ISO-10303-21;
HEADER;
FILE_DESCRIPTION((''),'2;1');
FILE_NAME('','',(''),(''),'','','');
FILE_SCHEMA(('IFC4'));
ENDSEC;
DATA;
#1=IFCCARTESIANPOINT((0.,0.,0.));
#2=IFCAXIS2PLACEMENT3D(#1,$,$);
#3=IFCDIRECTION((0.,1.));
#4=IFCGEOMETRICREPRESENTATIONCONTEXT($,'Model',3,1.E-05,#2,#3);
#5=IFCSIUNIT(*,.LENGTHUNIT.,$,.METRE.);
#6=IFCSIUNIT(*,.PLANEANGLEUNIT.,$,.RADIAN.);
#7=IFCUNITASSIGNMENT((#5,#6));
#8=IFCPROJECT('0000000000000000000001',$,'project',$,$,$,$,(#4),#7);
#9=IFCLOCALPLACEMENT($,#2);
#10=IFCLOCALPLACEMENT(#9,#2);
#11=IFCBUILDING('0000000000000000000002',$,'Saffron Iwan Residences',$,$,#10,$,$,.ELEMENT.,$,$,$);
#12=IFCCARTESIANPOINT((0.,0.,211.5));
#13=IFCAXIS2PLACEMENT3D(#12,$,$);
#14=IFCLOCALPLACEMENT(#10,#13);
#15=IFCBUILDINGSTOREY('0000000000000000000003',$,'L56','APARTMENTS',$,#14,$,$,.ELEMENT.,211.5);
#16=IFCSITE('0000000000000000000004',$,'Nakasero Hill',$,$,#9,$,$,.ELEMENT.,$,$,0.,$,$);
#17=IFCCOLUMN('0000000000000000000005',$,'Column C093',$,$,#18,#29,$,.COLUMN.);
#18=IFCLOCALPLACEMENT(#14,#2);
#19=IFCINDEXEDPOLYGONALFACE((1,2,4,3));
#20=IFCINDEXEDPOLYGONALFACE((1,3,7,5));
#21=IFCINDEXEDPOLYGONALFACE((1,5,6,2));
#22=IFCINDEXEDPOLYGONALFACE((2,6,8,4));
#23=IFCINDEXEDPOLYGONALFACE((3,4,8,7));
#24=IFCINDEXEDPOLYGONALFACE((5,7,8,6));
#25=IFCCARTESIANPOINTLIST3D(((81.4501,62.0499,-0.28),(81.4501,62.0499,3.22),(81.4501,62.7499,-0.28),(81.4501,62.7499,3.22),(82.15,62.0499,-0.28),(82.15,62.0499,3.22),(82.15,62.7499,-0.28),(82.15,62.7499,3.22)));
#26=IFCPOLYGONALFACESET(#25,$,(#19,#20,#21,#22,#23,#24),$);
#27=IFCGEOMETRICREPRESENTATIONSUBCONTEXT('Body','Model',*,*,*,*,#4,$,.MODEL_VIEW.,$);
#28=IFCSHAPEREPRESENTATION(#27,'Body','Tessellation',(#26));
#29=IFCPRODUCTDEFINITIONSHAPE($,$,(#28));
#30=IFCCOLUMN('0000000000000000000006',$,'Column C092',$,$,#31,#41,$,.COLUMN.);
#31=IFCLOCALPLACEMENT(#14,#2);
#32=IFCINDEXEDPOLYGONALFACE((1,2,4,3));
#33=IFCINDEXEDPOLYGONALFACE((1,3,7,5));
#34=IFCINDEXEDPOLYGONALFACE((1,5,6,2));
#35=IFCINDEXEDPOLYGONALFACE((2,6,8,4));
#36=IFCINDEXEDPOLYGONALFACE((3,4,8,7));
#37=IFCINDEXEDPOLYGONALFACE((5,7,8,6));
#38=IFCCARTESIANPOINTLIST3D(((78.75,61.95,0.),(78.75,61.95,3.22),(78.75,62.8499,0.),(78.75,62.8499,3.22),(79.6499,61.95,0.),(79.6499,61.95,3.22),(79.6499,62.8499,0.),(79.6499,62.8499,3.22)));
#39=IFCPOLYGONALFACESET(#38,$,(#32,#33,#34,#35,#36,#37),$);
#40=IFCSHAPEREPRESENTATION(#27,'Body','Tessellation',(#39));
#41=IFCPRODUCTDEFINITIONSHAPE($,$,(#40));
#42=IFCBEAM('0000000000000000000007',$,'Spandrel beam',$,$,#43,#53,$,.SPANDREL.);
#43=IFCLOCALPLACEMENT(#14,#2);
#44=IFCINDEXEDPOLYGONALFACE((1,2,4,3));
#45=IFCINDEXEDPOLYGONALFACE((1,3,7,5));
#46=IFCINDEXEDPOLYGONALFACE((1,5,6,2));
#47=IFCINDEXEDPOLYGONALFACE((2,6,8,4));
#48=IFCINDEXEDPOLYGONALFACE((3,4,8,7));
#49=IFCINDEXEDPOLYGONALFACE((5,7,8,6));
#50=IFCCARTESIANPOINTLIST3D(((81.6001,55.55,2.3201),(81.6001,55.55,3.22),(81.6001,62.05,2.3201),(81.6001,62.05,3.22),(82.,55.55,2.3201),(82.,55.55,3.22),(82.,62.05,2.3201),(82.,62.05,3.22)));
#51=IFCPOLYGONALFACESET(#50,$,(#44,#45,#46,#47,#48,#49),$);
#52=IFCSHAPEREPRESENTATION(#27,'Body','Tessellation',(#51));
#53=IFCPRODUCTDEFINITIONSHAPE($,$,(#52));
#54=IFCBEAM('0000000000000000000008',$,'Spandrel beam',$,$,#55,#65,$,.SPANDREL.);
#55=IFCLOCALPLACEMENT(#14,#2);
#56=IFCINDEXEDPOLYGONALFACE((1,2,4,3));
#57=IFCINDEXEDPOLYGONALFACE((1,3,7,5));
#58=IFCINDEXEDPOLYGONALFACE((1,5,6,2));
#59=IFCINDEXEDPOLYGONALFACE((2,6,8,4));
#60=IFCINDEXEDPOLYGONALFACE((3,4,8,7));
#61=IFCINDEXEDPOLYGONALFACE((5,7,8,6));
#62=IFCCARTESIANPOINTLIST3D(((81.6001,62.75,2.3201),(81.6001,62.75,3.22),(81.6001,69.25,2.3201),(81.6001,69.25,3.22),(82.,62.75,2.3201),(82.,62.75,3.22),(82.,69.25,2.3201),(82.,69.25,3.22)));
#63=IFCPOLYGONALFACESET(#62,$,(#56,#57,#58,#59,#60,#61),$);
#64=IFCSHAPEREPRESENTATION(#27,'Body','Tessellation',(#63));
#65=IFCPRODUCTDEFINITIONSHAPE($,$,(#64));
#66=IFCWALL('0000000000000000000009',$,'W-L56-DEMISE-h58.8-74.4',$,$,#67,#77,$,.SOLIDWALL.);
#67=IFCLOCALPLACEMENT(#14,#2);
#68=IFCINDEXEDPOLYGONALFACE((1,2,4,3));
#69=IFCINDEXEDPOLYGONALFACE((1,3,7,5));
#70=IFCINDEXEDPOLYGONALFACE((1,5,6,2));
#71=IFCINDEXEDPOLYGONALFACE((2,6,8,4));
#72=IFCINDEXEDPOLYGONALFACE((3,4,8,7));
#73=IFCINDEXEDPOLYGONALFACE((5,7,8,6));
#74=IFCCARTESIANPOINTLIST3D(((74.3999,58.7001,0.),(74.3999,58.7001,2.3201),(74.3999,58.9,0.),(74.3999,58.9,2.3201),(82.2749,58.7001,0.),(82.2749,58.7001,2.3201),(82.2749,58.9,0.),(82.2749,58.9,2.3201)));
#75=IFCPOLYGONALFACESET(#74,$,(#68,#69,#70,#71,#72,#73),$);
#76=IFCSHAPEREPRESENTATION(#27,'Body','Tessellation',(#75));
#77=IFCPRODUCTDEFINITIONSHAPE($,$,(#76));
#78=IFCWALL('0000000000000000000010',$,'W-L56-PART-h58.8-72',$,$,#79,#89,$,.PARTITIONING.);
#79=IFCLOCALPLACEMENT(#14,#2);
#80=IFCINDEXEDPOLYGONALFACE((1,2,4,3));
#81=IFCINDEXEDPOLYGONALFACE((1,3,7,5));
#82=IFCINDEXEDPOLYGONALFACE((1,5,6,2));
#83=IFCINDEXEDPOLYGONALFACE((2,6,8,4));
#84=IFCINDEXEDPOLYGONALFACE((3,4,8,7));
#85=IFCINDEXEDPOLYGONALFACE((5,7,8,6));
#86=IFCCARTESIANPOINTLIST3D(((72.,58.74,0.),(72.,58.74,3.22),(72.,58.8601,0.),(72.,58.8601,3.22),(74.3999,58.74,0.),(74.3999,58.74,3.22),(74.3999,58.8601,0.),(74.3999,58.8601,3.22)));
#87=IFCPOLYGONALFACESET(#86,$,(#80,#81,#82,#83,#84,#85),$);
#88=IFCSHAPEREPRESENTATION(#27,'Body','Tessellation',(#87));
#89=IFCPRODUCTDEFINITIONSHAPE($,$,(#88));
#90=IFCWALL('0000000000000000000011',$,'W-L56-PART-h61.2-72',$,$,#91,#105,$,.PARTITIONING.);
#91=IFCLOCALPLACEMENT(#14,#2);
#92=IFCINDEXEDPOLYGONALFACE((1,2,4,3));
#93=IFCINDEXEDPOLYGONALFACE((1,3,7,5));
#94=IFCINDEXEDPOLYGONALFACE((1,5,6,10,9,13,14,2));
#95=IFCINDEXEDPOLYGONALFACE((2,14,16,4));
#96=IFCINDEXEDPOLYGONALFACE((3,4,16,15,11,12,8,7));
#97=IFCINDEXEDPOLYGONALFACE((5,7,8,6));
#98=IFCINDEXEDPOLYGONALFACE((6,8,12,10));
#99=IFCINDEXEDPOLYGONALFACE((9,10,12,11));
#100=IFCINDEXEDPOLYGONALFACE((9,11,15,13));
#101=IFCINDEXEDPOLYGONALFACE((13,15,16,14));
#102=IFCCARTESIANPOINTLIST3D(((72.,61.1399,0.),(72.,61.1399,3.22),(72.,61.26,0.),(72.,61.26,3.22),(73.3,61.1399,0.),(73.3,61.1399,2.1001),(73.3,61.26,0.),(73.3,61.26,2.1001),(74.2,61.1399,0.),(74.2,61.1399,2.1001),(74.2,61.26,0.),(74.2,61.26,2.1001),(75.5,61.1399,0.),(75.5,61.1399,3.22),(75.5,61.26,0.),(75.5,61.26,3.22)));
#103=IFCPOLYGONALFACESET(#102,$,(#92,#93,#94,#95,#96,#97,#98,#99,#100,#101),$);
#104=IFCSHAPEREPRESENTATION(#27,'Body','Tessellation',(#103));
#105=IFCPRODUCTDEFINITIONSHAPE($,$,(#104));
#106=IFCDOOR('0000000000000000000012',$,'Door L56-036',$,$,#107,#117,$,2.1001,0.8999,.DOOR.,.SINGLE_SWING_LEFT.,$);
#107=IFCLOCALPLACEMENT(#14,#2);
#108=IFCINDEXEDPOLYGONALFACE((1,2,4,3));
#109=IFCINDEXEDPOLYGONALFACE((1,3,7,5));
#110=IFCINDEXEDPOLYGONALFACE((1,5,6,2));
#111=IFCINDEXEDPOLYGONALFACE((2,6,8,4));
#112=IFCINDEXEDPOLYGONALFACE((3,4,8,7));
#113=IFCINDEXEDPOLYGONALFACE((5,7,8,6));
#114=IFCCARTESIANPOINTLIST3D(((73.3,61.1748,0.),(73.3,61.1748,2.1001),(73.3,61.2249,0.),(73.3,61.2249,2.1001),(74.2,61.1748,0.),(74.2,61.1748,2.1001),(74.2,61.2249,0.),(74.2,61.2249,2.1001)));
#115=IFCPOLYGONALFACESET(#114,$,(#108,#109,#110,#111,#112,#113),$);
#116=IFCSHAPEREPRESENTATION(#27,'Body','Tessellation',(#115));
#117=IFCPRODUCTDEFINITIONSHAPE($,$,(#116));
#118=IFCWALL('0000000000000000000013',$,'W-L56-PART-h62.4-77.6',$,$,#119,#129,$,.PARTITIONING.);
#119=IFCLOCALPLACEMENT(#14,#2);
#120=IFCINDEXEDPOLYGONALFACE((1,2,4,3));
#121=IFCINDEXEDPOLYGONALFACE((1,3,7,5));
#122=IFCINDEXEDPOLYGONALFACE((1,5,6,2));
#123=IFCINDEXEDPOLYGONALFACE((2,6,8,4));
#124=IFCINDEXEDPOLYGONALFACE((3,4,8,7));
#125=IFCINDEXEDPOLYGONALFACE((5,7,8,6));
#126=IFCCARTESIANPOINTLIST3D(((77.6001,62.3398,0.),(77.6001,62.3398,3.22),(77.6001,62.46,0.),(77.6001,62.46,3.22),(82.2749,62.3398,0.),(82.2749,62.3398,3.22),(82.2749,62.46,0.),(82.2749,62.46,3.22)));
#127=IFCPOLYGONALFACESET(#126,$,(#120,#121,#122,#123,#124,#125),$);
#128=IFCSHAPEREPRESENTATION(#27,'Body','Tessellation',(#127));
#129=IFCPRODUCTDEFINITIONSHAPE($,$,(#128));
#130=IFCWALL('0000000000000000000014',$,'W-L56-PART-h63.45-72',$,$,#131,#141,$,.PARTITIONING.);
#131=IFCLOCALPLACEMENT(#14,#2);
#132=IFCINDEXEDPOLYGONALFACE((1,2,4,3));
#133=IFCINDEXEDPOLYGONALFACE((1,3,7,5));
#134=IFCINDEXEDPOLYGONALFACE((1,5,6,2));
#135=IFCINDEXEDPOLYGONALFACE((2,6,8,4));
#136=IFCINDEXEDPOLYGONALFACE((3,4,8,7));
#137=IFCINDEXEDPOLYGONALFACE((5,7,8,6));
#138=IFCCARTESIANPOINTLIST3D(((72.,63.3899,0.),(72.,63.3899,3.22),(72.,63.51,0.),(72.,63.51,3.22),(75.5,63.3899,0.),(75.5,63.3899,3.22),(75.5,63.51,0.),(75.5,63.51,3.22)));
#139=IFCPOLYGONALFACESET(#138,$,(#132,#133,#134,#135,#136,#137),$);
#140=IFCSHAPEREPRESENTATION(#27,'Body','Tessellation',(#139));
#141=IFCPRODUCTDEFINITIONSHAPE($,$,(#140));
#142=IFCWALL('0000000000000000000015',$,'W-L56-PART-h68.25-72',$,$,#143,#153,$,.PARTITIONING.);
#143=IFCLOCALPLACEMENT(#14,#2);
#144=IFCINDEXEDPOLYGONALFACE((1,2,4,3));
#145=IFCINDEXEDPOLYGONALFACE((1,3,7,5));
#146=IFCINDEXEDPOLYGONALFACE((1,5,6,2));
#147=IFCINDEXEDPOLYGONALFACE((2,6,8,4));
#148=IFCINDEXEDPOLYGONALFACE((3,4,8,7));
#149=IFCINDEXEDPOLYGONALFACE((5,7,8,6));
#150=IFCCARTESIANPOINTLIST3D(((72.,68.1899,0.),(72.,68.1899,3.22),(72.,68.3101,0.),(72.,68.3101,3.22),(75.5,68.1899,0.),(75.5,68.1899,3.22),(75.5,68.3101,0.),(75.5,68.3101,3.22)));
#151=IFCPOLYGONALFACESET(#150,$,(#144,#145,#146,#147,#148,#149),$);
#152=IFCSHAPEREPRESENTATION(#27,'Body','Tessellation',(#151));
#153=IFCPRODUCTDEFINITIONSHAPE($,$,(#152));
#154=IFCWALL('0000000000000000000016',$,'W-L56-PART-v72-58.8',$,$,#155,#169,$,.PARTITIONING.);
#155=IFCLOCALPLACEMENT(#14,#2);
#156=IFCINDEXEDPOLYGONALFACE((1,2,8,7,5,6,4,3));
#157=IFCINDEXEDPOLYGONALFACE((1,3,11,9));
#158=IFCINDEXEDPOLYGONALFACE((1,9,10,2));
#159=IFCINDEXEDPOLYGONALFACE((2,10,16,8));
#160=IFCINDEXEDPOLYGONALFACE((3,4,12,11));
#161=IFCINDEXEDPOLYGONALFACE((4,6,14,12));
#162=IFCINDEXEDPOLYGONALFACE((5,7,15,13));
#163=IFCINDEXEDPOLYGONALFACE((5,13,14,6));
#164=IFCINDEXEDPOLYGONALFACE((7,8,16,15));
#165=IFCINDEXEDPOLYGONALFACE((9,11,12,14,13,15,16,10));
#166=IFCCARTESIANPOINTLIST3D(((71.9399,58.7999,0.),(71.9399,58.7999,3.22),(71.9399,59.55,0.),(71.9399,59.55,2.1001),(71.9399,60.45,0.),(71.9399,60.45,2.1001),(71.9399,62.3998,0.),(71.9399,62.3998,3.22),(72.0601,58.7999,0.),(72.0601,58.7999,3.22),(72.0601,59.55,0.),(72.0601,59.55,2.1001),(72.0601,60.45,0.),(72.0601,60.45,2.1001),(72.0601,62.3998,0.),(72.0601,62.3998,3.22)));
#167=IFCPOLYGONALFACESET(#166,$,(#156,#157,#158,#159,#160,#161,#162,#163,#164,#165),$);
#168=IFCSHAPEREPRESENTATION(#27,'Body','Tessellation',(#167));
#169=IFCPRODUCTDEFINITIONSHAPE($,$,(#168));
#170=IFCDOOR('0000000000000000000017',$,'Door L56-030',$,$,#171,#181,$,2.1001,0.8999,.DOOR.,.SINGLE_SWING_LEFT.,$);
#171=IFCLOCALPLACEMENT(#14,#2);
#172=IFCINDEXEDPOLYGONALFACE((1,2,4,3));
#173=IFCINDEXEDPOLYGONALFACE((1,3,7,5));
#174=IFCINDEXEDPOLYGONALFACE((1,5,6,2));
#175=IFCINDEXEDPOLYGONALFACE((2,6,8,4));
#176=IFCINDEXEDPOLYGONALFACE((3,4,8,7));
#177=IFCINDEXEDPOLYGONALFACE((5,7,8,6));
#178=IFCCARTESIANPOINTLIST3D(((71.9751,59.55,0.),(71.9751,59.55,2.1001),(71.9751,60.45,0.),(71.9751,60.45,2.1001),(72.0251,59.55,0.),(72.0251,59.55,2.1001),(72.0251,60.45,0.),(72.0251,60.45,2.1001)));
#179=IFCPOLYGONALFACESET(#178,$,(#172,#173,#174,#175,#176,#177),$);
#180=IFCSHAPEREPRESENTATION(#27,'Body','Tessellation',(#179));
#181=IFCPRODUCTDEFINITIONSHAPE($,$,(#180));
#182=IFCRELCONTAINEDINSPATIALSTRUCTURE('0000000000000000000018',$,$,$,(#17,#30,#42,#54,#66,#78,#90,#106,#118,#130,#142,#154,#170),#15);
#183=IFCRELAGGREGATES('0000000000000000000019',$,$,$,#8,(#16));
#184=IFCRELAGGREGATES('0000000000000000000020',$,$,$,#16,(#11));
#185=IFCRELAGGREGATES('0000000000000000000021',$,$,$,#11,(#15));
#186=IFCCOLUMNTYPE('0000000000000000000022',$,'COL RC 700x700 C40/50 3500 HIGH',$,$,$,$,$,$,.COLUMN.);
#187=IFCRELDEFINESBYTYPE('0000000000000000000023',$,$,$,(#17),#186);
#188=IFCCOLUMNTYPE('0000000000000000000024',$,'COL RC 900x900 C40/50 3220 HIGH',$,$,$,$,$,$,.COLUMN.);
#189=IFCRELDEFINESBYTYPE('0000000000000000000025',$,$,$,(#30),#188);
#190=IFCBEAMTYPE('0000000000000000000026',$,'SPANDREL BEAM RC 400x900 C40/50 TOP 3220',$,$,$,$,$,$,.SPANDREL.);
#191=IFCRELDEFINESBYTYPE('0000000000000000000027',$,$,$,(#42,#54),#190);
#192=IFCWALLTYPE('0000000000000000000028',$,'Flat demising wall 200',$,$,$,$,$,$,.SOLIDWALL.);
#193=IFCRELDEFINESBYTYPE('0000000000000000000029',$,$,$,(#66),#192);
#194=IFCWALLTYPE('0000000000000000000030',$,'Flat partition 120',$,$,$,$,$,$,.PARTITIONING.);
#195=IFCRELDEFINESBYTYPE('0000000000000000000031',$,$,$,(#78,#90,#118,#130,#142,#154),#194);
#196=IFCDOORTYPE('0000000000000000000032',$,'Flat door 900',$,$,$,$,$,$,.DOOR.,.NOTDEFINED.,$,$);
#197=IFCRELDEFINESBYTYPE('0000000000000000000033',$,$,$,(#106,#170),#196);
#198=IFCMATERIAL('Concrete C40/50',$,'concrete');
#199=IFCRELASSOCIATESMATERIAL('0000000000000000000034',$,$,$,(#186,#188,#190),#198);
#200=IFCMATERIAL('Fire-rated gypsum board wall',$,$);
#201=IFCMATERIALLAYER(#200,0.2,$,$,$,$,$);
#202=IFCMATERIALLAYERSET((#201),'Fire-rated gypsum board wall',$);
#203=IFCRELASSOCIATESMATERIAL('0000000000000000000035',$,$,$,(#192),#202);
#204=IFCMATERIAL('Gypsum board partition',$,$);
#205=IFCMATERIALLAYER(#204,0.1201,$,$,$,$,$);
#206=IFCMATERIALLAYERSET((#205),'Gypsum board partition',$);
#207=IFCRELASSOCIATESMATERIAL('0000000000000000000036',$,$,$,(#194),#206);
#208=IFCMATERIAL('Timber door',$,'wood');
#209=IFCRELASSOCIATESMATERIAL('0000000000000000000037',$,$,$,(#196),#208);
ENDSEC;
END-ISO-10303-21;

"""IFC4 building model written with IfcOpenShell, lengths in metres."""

from ifc_helpers import new_model, si_unit, direction, frame, frame_2d, origin, origin_2d, place, context, subcontext, project, spatial, rectangle, extrude, source, transform, mapped, material, layer, layer_set, material_profile, profile_set, type_object, element, fill, save


model = new_model("IFC4")

# Units and contexts
model_context = context("Model", 3, precision=1e-05, world=origin(), true_north=direction((0.0, 1.0)))
body_context = subcontext(model_context, "Body", "Model", "MODEL_VIEW")
ifc_project = project(units=[si_unit("LENGTHUNIT", "METRE"), si_unit("PLANEANGLEUNIT", "RADIAN")], contexts=[model_context])

# Site, building, storey
site_placement = place(None, origin())
site = spatial("IfcSite", under=ifc_project, at=site_placement, Name="Nakasero Hill", CompositionType="ELEMENT", RefElevation=0.0)
building_placement = place(site_placement, origin())
building = spatial("IfcBuilding", under=site, at=building_placement, Name="Saffron Iwan Residences", CompositionType="ELEMENT")
storey_placement = place(building_placement, frame((0.0, 0.0, 211.5)))
storey = spatial("IfcBuildingStorey", under=building, at=storey_placement, Name="L56", Description="APARTMENTS", CompositionType="ELEMENT", Elevation=211.5)

# Columns
ifc_material_1 = material(Name="Concrete C40/50", Category="concrete")
ifc_material_profile_1 = material_profile(ifc_material_1, rectangle(XDim=0.7, YDim=0.7, at=origin_2d()), Name="RC 700x700")
ifc_profile_set_1 = profile_set([ifc_material_profile_1], Name="Concrete C40/50")
column_type_1 = type_object("IfcColumnType", Name="COL RC 700x700 C40/50 3500 HIGH", PredefinedType="COLUMN", material=ifc_profile_set_1)
shared_shape_1 = source(origin(), body_context, "Body", "SweptSolid", [
    extrude(rectangle(XDim=0.7, YDim=0.7, at=origin_2d()), origin(), (0.0, 0.0, 1.0), 3.5),
])
column_1_placement = place(storey_placement, frame((81.8, 62.3999, -0.28), z_axis=(0.0, 0.0, 1.0), x_axis=(1.0, 0.0, 0.0)))
element("IfcColumn", 1, at=column_1_placement, inside=storey, type_object=column_type_1, Name="Column C093", PredefinedType="COLUMN", context=body_context, shape_type="MappedRepresentation", body=[
    mapped(shared_shape_1, transform((0.0, 0.0, 0.0))),
])
ifc_material_profile_2 = material_profile(ifc_material_1, rectangle(XDim=0.8999, YDim=0.8999, at=origin_2d()), Name="RC 900x900")
ifc_profile_set_2 = profile_set([ifc_material_profile_2], Name="Concrete C40/50")
column_type_2 = type_object("IfcColumnType", Name="COL RC 900x900 C40/50 3220 HIGH", PredefinedType="COLUMN", material=ifc_profile_set_2)
shared_shape_2 = source(origin(), body_context, "Body", "SweptSolid", [
    extrude(rectangle(XDim=0.8999, YDim=0.8999, at=origin_2d()), origin(), (0.0, 0.0, 1.0), 3.22),
])
column_2_placement = place(storey_placement, frame((79.2, 62.3999, 0.0), z_axis=(0.0, 0.0, 1.0), x_axis=(1.0, 0.0, 0.0)))
element("IfcColumn", 2, at=column_2_placement, inside=storey, type_object=column_type_2, Name="Column C092", PredefinedType="COLUMN", context=body_context, shape_type="MappedRepresentation", body=[
    mapped(shared_shape_2, transform((0.0, 0.0, 0.0))),
])

# Beams
ifc_material_profile_3 = material_profile(ifc_material_1, rectangle(XDim=0.3999, YDim=0.8999, at=origin_2d()), Name="RC 400x900")
ifc_profile_set_3 = profile_set([ifc_material_profile_3], Name="Concrete C40/50")
beam_type = type_object("IfcBeamType", Name="SPANDREL BEAM RC 400x900 C40/50 TOP 3220", PredefinedType="SPANDREL", material=ifc_profile_set_3)
shared_shape_3 = source(origin(), body_context, "Body", "SweptSolid", [
    extrude(rectangle(XDim=0.3999, YDim=0.8999, at=origin_2d()), origin(), (0.0, 0.0, 1.0), 6.5),
])
for number, where, z_axis, x_axis, name in (
    (3, (81.8, 62.05, 2.77), (0.0, -1.0, 0.0), (1.0, 0.0, 0.0), "Spandrel beam"),
    (4, (81.8, 69.25, 2.77), (0.0, -1.0, 0.0), (1.0, 0.0, 0.0), "Spandrel beam"),
):
    element("IfcBeam", number, at=place(storey_placement, frame(where, z_axis=z_axis, x_axis=x_axis)), inside=storey, type_object=beam_type, Name=name, PredefinedType="SPANDREL", context=body_context, shape_type="MappedRepresentation", body=[
        mapped(shared_shape_3, transform((0.0, 0.0, 0.0))),
    ])

# Walls
ifc_material_2 = material(Name="Fire-rated gypsum board wall")
ifc_layer_1 = layer(ifc_material_2, 0.2)
ifc_layer_set_1 = layer_set([ifc_layer_1], Name="Fire-rated gypsum board wall")
wall_type_1 = type_object("IfcWallType", Name="Flat demising wall 200", PredefinedType="SOLIDWALL", material=ifc_layer_set_1)
wall_1_placement = place(storey_placement, frame((74.3999, 58.8, 0.0), z_axis=(0.0, 0.0, 1.0), x_axis=(1.0, 0.0, 0.0)))
element("IfcWall", 5, at=wall_1_placement, inside=storey, type_object=wall_type_1, Name="W-L56-DEMISE-h58.8-74.4", PredefinedType="SOLIDWALL", context=body_context, shape_type="SweptSolid", body=[
    extrude(rectangle(XDim=7.875, YDim=0.2, at=frame_2d((3.9375, 0.0))), origin(), (0.0, 0.0, 1.0), 2.3201),
])
ifc_material_3 = material(Name="Gypsum board partition")
ifc_layer_2 = layer(ifc_material_3, 0.1201)
ifc_layer_set_2 = layer_set([ifc_layer_2], Name="Gypsum board partition")
wall_type_2 = type_object("IfcWallType", Name="Flat partition 120", PredefinedType="PARTITIONING", material=ifc_layer_set_2)
wall_2_placement = place(storey_placement, frame((72.0, 58.8, 0.0), z_axis=(0.0, 0.0, 1.0), x_axis=(1.0, 0.0, 0.0)))
element("IfcWall", 6, at=wall_2_placement, inside=storey, type_object=wall_type_2, Name="W-L56-PART-h58.8-72", PredefinedType="PARTITIONING", context=body_context, shape_type="SweptSolid", body=[
    extrude(rectangle(XDim=2.3999, YDim=0.1201, at=frame_2d((1.2, 0.0))), origin(), (0.0, 0.0, 1.0), 3.22),
])

# Wall, opening, door
wall_3_placement = place(storey_placement, frame((72.0, 61.2, 0.0), z_axis=(0.0, 0.0, 1.0), x_axis=(1.0, 0.0, 0.0)))
wall_3 = element("IfcWall", 7, at=wall_3_placement, inside=storey, type_object=wall_type_2, Name="W-L56-PART-h61.2-72", PredefinedType="PARTITIONING", context=body_context, shape_type="SweptSolid", body=[
    extrude(rectangle(XDim=3.5, YDim=0.1201, at=frame_2d((1.75, 0.0))), origin(), (0.0, 0.0, 1.0), 3.22),
])
opening_1_placement = place(wall_3_placement, frame((1.3, 0.0, 0.0)))
opening_1 = element("IfcOpeningElement", 8, at=opening_1_placement, cuts=wall_3, PredefinedType="OPENING", context=body_context, shape_type="SweptSolid", body=[
    extrude(rectangle(XDim=0.8999, YDim=2.1001, at=frame_2d((0.45, 1.05))), frame((0.0, 0.0701, 0.0), z_axis=(0.0, -1.0, 0.0), x_axis=(1.0, 0.0, 0.0)), (0.0, 0.0, 1.0), 0.1401),
])
ifc_material_4 = material(Name="Timber door", Category="wood")
door_type_1 = type_object("IfcDoorType", Name="Flat door 900", OperationType="NOTDEFINED", PredefinedType="DOOR", material=ifc_material_4)
door_1_placement = place(opening_1_placement, origin())
door_1 = element("IfcDoor", 9, at=door_1_placement, inside=storey, type_object=door_type_1, Name="Door L56-036", OperationType="SINGLE_SWING_LEFT", OverallHeight=2.1001, OverallWidth=0.8999, PredefinedType="DOOR", context=body_context, shape_type="SweptSolid", body=[
    extrude(rectangle(XDim=0.8999, YDim=2.1001, at=frame_2d((0.45, 1.05))), frame((0.0, 0.0249, 0.0), z_axis=(0.0, -1.0, 0.0), x_axis=(1.0, 0.0, 0.0)), (0.0, 0.0, 1.0), 0.05),
])
fill(opening_1, door_1)

# Walls
wall_4_placement = place(storey_placement, frame((77.6001, 62.3999, 0.0), z_axis=(0.0, 0.0, 1.0), x_axis=(1.0, 0.0, 0.0)))
element("IfcWall", 10, at=wall_4_placement, inside=storey, type_object=wall_type_2, Name="W-L56-PART-h62.4-77.6", PredefinedType="PARTITIONING", context=body_context, shape_type="SweptSolid", body=[
    extrude(rectangle(XDim=4.6748, YDim=0.1201, at=frame_2d((2.3374, 0.0))), origin(), (0.0, 0.0, 1.0), 3.22),
])
for number, where, z_axis, x_axis, name in (
    (11, (72.0, 63.45, 0.0), (0.0, 0.0, 1.0), (1.0, 0.0, 0.0), "W-L56-PART-h63.45-72"),
    (12, (72.0, 68.25, 0.0), (0.0, 0.0, 1.0), (1.0, 0.0, 0.0), "W-L56-PART-h68.25-72"),
):
    element("IfcWall", number, at=place(storey_placement, frame(where, z_axis=z_axis, x_axis=x_axis)), inside=storey, type_object=wall_type_2, Name=name, PredefinedType="PARTITIONING", context=body_context, shape_type="SweptSolid", body=[
        extrude(rectangle(XDim=3.5, YDim=0.1201, at=frame_2d((1.75, 0.0))), origin(), (0.0, 0.0, 1.0), 3.22),
    ])

# Wall, opening, door
wall_5_placement = place(storey_placement, frame((72.0, 58.8, 0.0), z_axis=(0.0, 0.0, 1.0), x_axis=(0.0, 1.0, 0.0)))
wall_5 = element("IfcWall", 13, at=wall_5_placement, inside=storey, type_object=wall_type_2, Name="W-L56-PART-v72-58.8", PredefinedType="PARTITIONING", context=body_context, shape_type="SweptSolid", body=[
    extrude(rectangle(XDim=3.5999, YDim=0.1201, at=frame_2d((1.7998, 0.0))), origin(), (0.0, 0.0, 1.0), 3.22),
])
opening_2_placement = place(wall_5_placement, frame((0.75, 0.0, 0.0)))
opening_2 = element("IfcOpeningElement", 14, at=opening_2_placement, cuts=wall_5, PredefinedType="OPENING", context=body_context, shape_type="SweptSolid", body=[
    extrude(rectangle(XDim=0.8999, YDim=2.1001, at=frame_2d((0.45, 1.05))), frame((0.0, 0.0701, 0.0), z_axis=(0.0, -1.0, 0.0), x_axis=(1.0, 0.0, 0.0)), (0.0, 0.0, 1.0), 0.1401),
])
door_2_placement = place(opening_2_placement, origin())
door_2 = element("IfcDoor", 15, at=door_2_placement, inside=storey, type_object=door_type_1, Name="Door L56-030", OperationType="SINGLE_SWING_LEFT", OverallHeight=2.1001, OverallWidth=0.8999, PredefinedType="DOOR", context=body_context, shape_type="SweptSolid", body=[
    extrude(rectangle(XDim=0.8999, YDim=2.1001, at=frame_2d((0.45, 1.05))), frame((0.0, 0.0249, 0.0), z_axis=(0.0, -1.0, 0.0), x_axis=(1.0, 0.0, 0.0)), (0.0, 0.0, 1.0), 0.05),
])
fill(opening_2, door_2)

save(model, "model.ifc")
